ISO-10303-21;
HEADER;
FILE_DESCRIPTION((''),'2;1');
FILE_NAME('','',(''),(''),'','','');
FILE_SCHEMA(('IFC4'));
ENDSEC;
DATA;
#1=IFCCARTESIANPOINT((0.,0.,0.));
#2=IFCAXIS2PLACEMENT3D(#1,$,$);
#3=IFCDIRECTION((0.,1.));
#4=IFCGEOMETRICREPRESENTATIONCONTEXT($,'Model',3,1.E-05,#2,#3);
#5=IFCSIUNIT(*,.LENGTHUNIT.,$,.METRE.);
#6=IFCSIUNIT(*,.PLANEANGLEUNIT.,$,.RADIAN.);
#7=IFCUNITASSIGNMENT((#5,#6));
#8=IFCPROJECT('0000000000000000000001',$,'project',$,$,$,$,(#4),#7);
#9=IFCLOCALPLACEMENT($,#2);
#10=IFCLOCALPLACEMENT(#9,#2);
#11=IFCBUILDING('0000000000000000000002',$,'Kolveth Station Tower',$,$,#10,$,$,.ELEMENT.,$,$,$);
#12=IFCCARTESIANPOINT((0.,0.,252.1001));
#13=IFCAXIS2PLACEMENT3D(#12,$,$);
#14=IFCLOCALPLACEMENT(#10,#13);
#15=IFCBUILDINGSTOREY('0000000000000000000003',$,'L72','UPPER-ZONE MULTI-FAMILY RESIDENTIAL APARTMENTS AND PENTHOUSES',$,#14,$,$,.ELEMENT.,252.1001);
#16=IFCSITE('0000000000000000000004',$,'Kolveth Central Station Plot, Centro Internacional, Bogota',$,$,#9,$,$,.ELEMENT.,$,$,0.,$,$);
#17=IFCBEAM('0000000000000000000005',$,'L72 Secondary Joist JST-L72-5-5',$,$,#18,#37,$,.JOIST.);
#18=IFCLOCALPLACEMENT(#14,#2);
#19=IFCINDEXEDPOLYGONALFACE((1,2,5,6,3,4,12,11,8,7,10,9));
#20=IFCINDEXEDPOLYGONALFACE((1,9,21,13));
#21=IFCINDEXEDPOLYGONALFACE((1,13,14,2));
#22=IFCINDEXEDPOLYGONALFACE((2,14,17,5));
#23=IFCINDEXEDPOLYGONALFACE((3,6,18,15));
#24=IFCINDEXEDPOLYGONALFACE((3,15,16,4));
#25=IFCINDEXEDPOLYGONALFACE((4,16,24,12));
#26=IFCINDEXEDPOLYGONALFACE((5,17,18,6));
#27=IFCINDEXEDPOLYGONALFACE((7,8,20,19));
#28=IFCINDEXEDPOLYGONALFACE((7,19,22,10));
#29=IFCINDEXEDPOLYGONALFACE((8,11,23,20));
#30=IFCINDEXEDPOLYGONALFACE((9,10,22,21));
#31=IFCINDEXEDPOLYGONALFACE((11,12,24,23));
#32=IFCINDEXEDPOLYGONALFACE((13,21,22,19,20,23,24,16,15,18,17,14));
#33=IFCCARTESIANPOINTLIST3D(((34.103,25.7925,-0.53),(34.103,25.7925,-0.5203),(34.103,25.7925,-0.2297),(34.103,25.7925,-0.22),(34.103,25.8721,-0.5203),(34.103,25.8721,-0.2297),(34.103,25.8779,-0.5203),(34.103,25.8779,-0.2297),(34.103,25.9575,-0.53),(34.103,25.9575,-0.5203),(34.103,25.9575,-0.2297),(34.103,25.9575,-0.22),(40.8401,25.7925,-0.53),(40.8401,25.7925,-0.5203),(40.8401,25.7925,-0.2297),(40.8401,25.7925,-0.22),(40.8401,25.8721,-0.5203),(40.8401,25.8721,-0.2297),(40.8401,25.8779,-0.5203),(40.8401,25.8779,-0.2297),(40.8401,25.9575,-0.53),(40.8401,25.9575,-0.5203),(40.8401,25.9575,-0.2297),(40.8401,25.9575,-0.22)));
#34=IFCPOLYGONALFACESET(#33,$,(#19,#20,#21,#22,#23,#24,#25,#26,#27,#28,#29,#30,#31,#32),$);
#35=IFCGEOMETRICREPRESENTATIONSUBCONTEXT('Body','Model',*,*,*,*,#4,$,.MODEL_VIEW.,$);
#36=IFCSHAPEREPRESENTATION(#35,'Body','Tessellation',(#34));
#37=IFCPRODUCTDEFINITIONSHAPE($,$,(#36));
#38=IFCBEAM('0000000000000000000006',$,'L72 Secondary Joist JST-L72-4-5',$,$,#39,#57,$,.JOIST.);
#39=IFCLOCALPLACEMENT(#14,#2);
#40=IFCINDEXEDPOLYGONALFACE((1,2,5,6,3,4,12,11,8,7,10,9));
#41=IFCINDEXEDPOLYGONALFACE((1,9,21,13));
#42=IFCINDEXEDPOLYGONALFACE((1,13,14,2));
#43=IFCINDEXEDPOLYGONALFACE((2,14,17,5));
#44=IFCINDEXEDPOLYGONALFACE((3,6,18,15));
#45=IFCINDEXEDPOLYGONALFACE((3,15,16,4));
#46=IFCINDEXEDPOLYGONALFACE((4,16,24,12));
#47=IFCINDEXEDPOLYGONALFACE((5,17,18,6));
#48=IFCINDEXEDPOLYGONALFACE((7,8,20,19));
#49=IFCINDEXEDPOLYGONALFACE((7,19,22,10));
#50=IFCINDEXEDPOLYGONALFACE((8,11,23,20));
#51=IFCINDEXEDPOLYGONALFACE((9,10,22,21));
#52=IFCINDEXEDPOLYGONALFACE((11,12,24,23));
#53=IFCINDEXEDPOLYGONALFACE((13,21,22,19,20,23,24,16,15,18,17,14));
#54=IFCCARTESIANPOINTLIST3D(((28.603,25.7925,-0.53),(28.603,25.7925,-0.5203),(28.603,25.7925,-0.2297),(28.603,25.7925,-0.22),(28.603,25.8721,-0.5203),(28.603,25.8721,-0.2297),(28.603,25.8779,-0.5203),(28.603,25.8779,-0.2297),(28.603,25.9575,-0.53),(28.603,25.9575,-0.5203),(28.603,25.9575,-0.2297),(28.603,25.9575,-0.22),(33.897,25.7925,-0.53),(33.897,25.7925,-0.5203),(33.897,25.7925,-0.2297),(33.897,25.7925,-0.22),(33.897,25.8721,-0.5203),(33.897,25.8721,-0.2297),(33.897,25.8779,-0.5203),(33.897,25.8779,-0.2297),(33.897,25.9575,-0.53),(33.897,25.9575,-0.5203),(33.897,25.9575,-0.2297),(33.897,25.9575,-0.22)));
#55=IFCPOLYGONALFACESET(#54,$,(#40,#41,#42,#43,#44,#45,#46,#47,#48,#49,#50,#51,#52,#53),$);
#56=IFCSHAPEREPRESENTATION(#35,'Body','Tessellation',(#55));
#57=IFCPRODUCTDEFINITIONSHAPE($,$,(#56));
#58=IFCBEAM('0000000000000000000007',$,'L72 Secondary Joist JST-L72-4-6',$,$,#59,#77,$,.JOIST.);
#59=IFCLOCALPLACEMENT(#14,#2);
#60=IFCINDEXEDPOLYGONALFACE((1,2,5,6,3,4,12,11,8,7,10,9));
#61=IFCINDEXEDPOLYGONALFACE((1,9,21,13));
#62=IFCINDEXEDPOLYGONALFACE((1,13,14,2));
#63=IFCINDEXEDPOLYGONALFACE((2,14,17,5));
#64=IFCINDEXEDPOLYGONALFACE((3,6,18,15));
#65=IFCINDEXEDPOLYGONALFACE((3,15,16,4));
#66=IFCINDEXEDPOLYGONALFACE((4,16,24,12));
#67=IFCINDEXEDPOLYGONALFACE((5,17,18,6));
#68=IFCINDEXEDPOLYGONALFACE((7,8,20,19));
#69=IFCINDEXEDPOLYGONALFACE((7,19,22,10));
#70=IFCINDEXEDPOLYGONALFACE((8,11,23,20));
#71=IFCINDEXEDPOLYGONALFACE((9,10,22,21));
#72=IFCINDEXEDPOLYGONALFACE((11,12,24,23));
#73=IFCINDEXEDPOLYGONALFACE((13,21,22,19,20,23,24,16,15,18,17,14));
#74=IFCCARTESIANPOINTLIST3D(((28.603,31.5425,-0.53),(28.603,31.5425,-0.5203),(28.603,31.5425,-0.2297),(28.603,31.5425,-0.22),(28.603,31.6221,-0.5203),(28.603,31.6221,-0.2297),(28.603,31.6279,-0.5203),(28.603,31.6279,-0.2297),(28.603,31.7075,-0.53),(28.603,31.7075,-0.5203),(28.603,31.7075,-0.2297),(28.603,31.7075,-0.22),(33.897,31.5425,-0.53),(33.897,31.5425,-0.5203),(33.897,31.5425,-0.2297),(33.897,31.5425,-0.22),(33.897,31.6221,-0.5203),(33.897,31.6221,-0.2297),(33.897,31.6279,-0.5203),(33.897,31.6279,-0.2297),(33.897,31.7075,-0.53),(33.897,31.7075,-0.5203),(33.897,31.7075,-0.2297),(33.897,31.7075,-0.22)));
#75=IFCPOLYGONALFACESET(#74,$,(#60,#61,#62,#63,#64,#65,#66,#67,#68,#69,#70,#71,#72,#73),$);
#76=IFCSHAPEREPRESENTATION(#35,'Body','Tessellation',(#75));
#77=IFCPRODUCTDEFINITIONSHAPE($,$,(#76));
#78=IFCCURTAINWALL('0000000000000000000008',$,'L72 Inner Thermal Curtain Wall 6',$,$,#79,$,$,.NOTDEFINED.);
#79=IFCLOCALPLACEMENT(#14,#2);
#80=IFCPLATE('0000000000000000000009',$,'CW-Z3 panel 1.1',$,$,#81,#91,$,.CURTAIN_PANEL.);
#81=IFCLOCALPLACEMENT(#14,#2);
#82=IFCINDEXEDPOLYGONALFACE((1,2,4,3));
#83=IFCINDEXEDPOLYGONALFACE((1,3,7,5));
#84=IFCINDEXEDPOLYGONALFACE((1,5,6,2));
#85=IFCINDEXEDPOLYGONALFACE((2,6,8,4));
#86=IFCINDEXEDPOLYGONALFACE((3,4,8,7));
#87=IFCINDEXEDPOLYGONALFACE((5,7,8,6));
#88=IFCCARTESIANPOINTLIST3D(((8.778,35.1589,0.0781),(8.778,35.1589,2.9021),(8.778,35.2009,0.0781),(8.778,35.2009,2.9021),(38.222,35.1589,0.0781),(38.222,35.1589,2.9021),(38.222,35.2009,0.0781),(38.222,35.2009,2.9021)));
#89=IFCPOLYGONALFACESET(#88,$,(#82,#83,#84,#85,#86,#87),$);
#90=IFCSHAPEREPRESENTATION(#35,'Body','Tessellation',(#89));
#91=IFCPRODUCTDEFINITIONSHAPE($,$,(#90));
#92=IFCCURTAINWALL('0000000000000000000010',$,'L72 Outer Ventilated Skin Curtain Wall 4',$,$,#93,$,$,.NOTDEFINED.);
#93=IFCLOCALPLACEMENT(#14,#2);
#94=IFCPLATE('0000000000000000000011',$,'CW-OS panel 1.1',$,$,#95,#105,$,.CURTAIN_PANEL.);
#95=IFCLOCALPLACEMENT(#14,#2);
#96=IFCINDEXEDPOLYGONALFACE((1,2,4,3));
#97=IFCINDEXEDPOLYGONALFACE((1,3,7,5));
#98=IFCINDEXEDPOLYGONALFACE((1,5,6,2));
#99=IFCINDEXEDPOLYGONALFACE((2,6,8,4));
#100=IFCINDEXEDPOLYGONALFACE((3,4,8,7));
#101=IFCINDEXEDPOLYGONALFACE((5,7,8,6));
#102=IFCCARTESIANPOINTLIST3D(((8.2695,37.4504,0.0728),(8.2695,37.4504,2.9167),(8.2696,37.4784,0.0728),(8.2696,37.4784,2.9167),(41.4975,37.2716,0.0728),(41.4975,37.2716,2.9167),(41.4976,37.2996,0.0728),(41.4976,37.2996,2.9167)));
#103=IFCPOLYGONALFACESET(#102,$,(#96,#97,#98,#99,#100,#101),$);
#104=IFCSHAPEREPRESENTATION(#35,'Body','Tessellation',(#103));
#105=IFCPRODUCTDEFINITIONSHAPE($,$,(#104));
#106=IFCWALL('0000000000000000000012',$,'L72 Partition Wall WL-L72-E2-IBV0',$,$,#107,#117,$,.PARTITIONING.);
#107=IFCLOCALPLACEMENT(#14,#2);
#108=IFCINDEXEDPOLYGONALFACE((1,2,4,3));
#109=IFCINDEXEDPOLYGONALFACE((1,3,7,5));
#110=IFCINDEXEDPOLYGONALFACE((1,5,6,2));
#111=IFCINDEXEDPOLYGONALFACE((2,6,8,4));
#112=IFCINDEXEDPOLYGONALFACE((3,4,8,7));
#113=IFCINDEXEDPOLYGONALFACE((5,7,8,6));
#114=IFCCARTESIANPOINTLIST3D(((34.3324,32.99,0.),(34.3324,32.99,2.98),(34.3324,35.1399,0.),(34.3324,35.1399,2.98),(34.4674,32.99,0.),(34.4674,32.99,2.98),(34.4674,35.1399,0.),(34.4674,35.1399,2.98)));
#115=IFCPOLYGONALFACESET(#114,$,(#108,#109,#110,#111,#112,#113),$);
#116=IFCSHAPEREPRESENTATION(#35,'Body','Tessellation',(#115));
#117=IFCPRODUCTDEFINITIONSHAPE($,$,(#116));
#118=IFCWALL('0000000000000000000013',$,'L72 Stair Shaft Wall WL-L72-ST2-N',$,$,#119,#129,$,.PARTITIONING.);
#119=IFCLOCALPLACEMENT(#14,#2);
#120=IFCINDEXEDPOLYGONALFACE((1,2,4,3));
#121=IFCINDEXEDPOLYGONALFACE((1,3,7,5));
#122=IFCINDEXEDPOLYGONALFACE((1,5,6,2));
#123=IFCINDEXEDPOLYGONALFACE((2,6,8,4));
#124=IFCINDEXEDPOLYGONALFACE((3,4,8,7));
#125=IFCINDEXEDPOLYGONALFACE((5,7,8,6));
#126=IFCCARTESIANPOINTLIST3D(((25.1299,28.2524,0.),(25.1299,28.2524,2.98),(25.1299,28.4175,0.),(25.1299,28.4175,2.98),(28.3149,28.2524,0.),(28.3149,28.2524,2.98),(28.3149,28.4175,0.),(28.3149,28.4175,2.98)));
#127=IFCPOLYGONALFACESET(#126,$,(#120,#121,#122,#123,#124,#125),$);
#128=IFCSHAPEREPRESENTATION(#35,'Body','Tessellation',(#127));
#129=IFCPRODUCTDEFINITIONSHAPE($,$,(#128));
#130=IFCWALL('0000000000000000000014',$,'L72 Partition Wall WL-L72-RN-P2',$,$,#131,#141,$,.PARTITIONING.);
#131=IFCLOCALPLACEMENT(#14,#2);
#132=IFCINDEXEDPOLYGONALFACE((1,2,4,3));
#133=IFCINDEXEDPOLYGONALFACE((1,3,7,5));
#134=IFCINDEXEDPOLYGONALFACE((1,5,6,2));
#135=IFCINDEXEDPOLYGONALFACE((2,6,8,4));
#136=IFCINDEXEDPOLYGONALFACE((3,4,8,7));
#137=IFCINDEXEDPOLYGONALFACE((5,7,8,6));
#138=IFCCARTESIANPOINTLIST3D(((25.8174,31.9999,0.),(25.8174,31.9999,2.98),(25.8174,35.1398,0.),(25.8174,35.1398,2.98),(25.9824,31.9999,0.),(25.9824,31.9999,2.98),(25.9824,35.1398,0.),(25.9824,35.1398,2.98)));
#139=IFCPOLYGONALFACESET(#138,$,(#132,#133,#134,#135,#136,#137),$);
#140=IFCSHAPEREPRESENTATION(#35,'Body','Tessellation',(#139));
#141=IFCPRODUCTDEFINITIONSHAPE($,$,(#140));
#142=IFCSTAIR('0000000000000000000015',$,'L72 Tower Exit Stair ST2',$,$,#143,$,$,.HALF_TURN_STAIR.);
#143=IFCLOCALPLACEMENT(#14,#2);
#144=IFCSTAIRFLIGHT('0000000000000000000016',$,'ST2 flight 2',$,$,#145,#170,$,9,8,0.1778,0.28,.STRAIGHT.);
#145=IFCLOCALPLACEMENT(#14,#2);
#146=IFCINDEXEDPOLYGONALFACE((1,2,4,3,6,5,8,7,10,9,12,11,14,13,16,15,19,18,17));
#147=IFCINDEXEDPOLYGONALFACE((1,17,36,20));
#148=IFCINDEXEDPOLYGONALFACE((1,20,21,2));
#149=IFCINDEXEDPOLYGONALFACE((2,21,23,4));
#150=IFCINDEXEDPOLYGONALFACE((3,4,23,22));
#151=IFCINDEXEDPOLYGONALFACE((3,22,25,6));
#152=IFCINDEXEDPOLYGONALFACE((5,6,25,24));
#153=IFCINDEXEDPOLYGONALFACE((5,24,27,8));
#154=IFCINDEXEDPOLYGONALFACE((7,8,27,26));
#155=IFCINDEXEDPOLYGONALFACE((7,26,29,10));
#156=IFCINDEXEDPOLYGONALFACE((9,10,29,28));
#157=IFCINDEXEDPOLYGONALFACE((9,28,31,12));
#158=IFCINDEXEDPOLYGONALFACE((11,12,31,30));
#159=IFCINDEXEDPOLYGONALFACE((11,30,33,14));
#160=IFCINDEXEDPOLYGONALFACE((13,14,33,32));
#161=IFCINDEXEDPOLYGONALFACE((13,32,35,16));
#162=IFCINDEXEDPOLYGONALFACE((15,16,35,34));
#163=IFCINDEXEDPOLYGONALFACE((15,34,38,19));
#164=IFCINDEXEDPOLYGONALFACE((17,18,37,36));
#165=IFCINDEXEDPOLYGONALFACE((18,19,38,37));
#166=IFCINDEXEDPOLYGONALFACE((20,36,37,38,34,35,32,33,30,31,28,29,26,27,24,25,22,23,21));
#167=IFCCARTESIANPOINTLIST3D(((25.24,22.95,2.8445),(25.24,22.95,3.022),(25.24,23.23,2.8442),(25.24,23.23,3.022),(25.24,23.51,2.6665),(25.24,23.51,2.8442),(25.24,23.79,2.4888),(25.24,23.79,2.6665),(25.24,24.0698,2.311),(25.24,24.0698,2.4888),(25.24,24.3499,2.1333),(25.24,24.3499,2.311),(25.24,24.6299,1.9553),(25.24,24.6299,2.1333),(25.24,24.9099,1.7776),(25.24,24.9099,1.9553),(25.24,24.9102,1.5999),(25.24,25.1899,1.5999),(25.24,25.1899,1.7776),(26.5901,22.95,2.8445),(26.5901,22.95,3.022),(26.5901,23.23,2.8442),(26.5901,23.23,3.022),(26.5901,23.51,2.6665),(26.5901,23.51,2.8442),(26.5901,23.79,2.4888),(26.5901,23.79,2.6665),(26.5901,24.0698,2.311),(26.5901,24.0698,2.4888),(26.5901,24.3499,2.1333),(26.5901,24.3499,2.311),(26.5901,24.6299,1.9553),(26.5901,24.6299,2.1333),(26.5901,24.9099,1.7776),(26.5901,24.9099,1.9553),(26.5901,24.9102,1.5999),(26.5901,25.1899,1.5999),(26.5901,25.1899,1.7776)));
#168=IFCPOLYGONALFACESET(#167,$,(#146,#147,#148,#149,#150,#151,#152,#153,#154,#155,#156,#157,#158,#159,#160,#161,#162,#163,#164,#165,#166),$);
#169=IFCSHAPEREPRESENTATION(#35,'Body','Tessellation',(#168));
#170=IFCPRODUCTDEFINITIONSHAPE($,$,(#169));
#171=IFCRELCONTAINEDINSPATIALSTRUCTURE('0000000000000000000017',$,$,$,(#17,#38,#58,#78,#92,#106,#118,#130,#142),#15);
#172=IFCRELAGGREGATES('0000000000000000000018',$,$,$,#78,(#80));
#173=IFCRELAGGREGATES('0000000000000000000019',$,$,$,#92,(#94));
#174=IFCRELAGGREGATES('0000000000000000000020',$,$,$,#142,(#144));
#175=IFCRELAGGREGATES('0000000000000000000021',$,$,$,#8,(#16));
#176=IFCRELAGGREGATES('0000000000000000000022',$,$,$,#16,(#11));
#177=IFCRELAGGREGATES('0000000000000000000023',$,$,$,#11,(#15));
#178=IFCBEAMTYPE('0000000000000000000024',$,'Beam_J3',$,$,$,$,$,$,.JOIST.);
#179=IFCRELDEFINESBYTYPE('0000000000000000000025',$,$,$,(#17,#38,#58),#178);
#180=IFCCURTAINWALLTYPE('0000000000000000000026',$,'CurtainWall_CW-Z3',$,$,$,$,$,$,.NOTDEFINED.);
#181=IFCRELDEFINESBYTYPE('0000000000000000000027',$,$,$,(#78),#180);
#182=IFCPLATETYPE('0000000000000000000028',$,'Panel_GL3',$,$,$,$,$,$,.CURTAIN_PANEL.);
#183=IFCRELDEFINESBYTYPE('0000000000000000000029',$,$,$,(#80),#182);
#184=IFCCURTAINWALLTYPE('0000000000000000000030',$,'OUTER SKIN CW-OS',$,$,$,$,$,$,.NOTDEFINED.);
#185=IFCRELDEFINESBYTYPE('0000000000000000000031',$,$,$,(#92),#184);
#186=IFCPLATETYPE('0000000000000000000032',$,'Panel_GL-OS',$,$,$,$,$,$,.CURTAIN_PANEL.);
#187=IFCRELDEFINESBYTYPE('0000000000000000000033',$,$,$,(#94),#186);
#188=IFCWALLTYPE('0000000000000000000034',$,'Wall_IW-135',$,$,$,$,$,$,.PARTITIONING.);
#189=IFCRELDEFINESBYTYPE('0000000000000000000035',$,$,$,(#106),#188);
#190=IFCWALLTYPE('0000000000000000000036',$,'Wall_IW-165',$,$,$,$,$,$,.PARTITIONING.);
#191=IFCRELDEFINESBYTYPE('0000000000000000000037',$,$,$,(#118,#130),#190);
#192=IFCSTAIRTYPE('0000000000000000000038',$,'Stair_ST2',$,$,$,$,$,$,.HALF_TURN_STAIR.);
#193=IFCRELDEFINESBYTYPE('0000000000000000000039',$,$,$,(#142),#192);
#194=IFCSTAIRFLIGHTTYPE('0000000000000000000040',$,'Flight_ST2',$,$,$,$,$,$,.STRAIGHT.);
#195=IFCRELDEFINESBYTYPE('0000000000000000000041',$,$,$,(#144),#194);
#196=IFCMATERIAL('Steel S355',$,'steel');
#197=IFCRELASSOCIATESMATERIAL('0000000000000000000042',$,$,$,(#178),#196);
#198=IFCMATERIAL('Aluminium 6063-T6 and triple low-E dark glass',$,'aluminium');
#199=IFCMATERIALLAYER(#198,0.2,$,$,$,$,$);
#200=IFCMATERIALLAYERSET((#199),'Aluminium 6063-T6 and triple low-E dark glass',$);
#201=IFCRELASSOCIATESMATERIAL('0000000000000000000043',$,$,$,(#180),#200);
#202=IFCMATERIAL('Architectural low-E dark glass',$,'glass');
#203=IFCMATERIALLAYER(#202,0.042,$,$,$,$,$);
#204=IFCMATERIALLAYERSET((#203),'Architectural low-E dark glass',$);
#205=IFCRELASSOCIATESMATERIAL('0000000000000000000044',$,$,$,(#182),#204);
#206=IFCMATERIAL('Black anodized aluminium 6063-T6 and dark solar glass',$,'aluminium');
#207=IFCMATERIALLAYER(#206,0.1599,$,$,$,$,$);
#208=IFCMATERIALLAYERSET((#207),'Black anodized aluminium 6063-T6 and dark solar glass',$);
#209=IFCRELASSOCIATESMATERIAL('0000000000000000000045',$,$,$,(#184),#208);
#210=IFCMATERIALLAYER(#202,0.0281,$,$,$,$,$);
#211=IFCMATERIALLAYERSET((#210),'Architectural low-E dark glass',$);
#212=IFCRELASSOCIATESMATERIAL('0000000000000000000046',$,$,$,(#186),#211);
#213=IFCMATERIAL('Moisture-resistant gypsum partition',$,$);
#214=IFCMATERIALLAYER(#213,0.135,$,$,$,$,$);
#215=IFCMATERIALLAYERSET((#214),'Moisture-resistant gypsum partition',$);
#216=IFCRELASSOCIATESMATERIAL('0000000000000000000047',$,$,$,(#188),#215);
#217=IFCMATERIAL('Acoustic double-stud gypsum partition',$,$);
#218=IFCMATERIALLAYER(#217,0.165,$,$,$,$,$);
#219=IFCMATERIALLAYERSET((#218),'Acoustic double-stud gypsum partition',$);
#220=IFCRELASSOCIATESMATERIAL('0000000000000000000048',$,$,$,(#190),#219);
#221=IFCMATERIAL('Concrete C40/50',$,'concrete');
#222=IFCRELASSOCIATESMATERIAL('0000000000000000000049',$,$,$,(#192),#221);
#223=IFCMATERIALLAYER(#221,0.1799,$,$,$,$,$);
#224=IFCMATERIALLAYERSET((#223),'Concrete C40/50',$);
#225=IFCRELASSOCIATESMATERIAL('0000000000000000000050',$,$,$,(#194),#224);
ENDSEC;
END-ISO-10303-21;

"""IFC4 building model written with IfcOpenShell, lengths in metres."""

from ifc_helpers import new_model, si_unit, direction, frame, frame_2d, origin, origin_2d, place, context, subcontext, project, spatial, polyline, rectangle, i_section, outline, extrude, source, transform, mapped, material, layer, layer_set, material_profile, profile_set, type_object, element, aggregate, save


model = new_model("IFC4")

# Units and contexts
model_context = context("Model", 3, precision=1e-05, world=origin(), true_north=direction((0.0, 1.0)))
body_context = subcontext(model_context, "Body", "Model", "MODEL_VIEW")
ifc_project = project(units=[si_unit("LENGTHUNIT", "METRE"), si_unit("PLANEANGLEUNIT", "RADIAN")], contexts=[model_context])

# Site, building, storey
site_placement = place(None, origin())
site = spatial("IfcSite", under=ifc_project, at=site_placement, Name="Kolveth Central Station Plot, Centro Internacional, Bogota", CompositionType="ELEMENT", RefElevation=0.0)
building_placement = place(site_placement, origin())
building = spatial("IfcBuilding", under=site, at=building_placement, Name="Kolveth Station Tower", CompositionType="ELEMENT")
storey_placement = place(building_placement, frame((0.0, 0.0, 252.1001)))
storey = spatial("IfcBuildingStorey", under=building, at=storey_placement, Name="L72", Description="UPPER-ZONE MULTI-FAMILY RESIDENTIAL APARTMENTS AND PENTHOUSES", CompositionType="ELEMENT", Elevation=252.1001)

# Shared definitions
ifc_material_1 = material(Name="Steel S355", Category="steel")

# Beams
ifc_material_profile_1 = material_profile(ifc_material_1, i_section(OverallWidth=0.165, OverallDepth=0.3101, WebThickness=0.0059, FlangeThickness=0.0098, at=origin_2d()), Name="W310x39")
ifc_profile_set_1 = profile_set([ifc_material_profile_1], Name="Steel S355")
beam_type_1 = type_object("IfcBeamType", Name="Beam_J3", PredefinedType="JOIST", material=ifc_profile_set_1)
shared_shape_1 = source(origin(), body_context, "Body", "SweptSolid", [
    extrude(i_section(OverallWidth=0.165, OverallDepth=0.3101, WebThickness=0.0059, FlangeThickness=0.0098, at=origin_2d()), origin(), (0.0, 0.0, 1.0), 6.7371),
])
beam_1_placement = place(storey_placement, frame((34.103, 25.875, -0.375), z_axis=(1.0, 0.0, 0.0), x_axis=(0.0, 1.0, 0.0)))
element("IfcBeam", 1, at=beam_1_placement, inside=storey, type_object=beam_type_1, Name="L72 Secondary Joist JST-L72-5-5", PredefinedType="JOIST", context=body_context, shape_type="MappedRepresentation", body=[
    mapped(shared_shape_1, transform((0.0, 0.0, 0.0), x_axis=(1.0, 0.0, 0.0), y_axis=(0.0, 1.0, 0.0), z_axis=(0.0, 0.0, 1.0), scale=1.0)),
])
shared_shape_2 = source(origin(), body_context, "Body", "SweptSolid", [
    extrude(i_section(OverallWidth=0.165, OverallDepth=0.3101, WebThickness=0.0059, FlangeThickness=0.0098, at=origin_2d()), origin(), (0.0, 0.0, 1.0), 5.2939),
])
for number, where, z_axis, x_axis, name in (
    (2, (28.603, 25.875, -0.375), (1.0, 0.0, 0.0), (0.0, 1.0, 0.0), "L72 Secondary Joist JST-L72-4-5"),
    (3, (28.603, 31.625, -0.375), (1.0, 0.0, 0.0), (0.0, 1.0, 0.0), "L72 Secondary Joist JST-L72-4-6"),
):
    element("IfcBeam", number, at=place(storey_placement, frame(where, z_axis=z_axis, x_axis=x_axis)), inside=storey, type_object=beam_type_1, Name=name, PredefinedType="JOIST", context=body_context, shape_type="MappedRepresentation", body=[
        mapped(shared_shape_2, transform((0.0, 0.0, 0.0), x_axis=(1.0, 0.0, 0.0), y_axis=(0.0, 1.0, 0.0), z_axis=(0.0, 0.0, 1.0), scale=1.0)),
    ])

# Curtain walls, plates
ifc_material_2 = material(Name="Aluminium 6063-T6 and triple low-E dark glass", Category="aluminium")
ifc_layer_1 = layer(ifc_material_2, 0.2)
ifc_layer_set_1 = layer_set([ifc_layer_1], Name="Aluminium 6063-T6 and triple low-E dark glass")
curtain_wall_type_1 = type_object("IfcCurtainWallType", Name="CurtainWall_CW-Z3", PredefinedType="NOTDEFINED", material=ifc_layer_set_1)
curtain_wall_1_placement = place(storey_placement, origin())
curtain_wall_1 = element("IfcCurtainWall", 4, at=curtain_wall_1_placement, inside=storey, type_object=curtain_wall_type_1, Name="L72 Inner Thermal Curtain Wall 6", PredefinedType="NOTDEFINED")
ifc_material_3 = material(Name="Architectural low-E dark glass", Category="glass")
ifc_layer_2 = layer(ifc_material_3, 0.042)
ifc_layer_set_2 = layer_set([ifc_layer_2], Name="Architectural low-E dark glass")
plate_type_1 = type_object("IfcPlateType", Name="Panel_GL3", PredefinedType="CURTAIN_PANEL", material=ifc_layer_set_2)
shared_shape_3 = source(origin(), body_context, "Body", "SweptSolid", [
    extrude(rectangle(XDim=29.4441, YDim=0.042, at=origin_2d()), origin(), (0.0, 0.0, 1.0), 2.824),
])
plate_1_placement = place(storey_placement, frame((23.5, 35.1799, 0.0781), z_axis=(0.0, 0.0, 1.0), x_axis=(-1.0, 0.0, 0.0)))
plate_1 = element("IfcPlate", 5, at=plate_1_placement, type_object=plate_type_1, Name="CW-Z3 panel 1.1", PredefinedType="CURTAIN_PANEL", context=body_context, shape_type="MappedRepresentation", body=[
    mapped(shared_shape_3, transform((0.0, 0.0, 0.0), x_axis=(1.0, 0.0, 0.0), y_axis=(0.0, 1.0, 0.0), z_axis=(0.0, 0.0, 1.0), scale=1.0)),
])
aggregate(curtain_wall_1, [plate_1])
ifc_material_4 = material(Name="Black anodized aluminium 6063-T6 and dark solar glass", Category="aluminium")
ifc_layer_3 = layer(ifc_material_4, 0.1599)
ifc_layer_set_3 = layer_set([ifc_layer_3], Name="Black anodized aluminium 6063-T6 and dark solar glass")
curtain_wall_type_2 = type_object("IfcCurtainWallType", Name="OUTER SKIN CW-OS", PredefinedType="NOTDEFINED", material=ifc_layer_set_3)
curtain_wall_2_placement = place(storey_placement, origin())
curtain_wall_2 = element("IfcCurtainWall", 6, at=curtain_wall_2_placement, inside=storey, type_object=curtain_wall_type_2, Name="L72 Outer Ventilated Skin Curtain Wall 4", PredefinedType="NOTDEFINED")
ifc_layer_4 = layer(ifc_material_3, 0.0281)
ifc_layer_set_4 = layer_set([ifc_layer_4], Name="Architectural low-E dark glass")
plate_type_2 = type_object("IfcPlateType", Name="Panel_GL-OS", PredefinedType="CURTAIN_PANEL", material=ifc_layer_set_4)
shared_shape_4 = source(origin(), body_context, "Body", "SweptSolid", [
    extrude(rectangle(XDim=33.2285, YDim=0.0281, at=origin_2d()), origin(), (0.0, 0.0, 1.0), 2.844),
])
plate_2_placement = place(storey_placement, frame((24.8835, 37.375, 0.0728), z_axis=(0.0, 0.0, 1.0), x_axis=(-0.999986, 0.005381, 0.0)))
plate_2 = element("IfcPlate", 7, at=plate_2_placement, type_object=plate_type_2, Name="CW-OS panel 1.1", PredefinedType="CURTAIN_PANEL", context=body_context, shape_type="MappedRepresentation", body=[
    mapped(shared_shape_4, transform((0.0, 0.0, 0.0), x_axis=(1.0, 0.0, 0.0), y_axis=(0.0, 1.0, 0.0), z_axis=(0.0, 0.0, 1.0), scale=1.0)),
])
aggregate(curtain_wall_2, [plate_2])

# Shared definitions
ifc_material_5 = material(Name="Moisture-resistant gypsum partition")
ifc_layer_5 = layer(ifc_material_5, 0.135)
ifc_layer_set_5 = layer_set([ifc_layer_5], Name="Moisture-resistant gypsum partition")
wall_type_1 = type_object("IfcWallType", Name="Wall_IW-135", PredefinedType="PARTITIONING", material=ifc_layer_set_5)

# Walls
wall_1_placement = place(storey_placement, frame((34.3999, 32.99, 0.0), z_axis=(0.0, 0.0, 1.0), x_axis=(0.0, 1.0, 0.0)))
element("IfcWall", 8, at=wall_1_placement, inside=storey, type_object=wall_type_1, Name="L72 Partition Wall WL-L72-E2-IBV0", PredefinedType="PARTITIONING", context=body_context, shape_type="SweptSolid", body=[
    extrude(rectangle(XDim=2.1499, YDim=0.135, at=frame_2d((1.075, 0.0))), origin(), (0.0, 0.0, 1.0), 2.98),
])
ifc_material_6 = material(Name="Acoustic double-stud gypsum partition")
ifc_layer_6 = layer(ifc_material_6, 0.165)
ifc_layer_set_6 = layer_set([ifc_layer_6], Name="Acoustic double-stud gypsum partition")
wall_type_2 = type_object("IfcWallType", Name="Wall_IW-165", PredefinedType="PARTITIONING", material=ifc_layer_set_6)
wall_2_placement = place(storey_placement, frame((25.1299, 28.335, 0.0), z_axis=(0.0, 0.0, 1.0), x_axis=(1.0, 0.0, 0.0)))
element("IfcWall", 9, at=wall_2_placement, inside=storey, type_object=wall_type_2, Name="L72 Stair Shaft Wall WL-L72-ST2-N", PredefinedType="PARTITIONING", context=body_context, shape_type="SweptSolid", body=[
    extrude(rectangle(XDim=3.1851, YDim=0.165, at=frame_2d((1.5925, 0.0))), origin(), (0.0, 0.0, 1.0), 2.98),
])
wall_3_placement = place(storey_placement, frame((25.8999, 32.0, 0.0), z_axis=(0.0, 0.0, 1.0), x_axis=(0.0, 1.0, 0.0)))
element("IfcWall", 10, at=wall_3_placement, inside=storey, type_object=wall_type_2, Name="L72 Partition Wall WL-L72-RN-P2", PredefinedType="PARTITIONING", context=body_context, shape_type="SweptSolid", body=[
    extrude(rectangle(XDim=3.1399, YDim=0.165, at=frame_2d((1.5698, 0.0))), origin(), (0.0, 0.0, 1.0), 2.98),
])

# Stair, stair flight
ifc_material_7 = material(Name="Concrete C40/50", Category="concrete")
stair_type = type_object("IfcStairType", Name="Stair_ST2", PredefinedType="HALF_TURN_STAIR", material=ifc_material_7)
stair_placement = place(storey_placement, origin())
stair = element("IfcStair", 11, at=stair_placement, inside=storey, type_object=stair_type, Name="L72 Tower Exit Stair ST2", PredefinedType="HALF_TURN_STAIR")
ifc_layer_7 = layer(ifc_material_7, 0.1799)
ifc_layer_set_7 = layer_set([ifc_layer_7], Name="Concrete C40/50")
stair_flight_type = type_object("IfcStairFlightType", Name="Flight_ST2", PredefinedType="STRAIGHT", material=ifc_layer_set_7)
stair_flight_placement = place(storey_placement, frame((25.915, 25.1899, 1.5999), z_axis=(0.0, 0.0, 1.0), x_axis=(0.0, -1.0, 0.0)))
stair_flight = element("IfcStairFlight", 12, at=stair_flight_placement, type_object=stair_flight_type, Name="ST2 flight 2", NumberOfRisers=9, NumberOfTreads=8, PredefinedType="STRAIGHT", RiserHeight=0.1778, TreadLength=0.28, context=body_context, shape_type="SweptSolid", body=[
    extrude(outline(polyline([(0.0, 0.0), (0.0, 0.1777), (0.28, 0.1777), (0.28, 0.3555), (0.5601, 0.3555), (0.5601, 0.5334), (0.8401, 0.5334), (0.8401, 0.7112), (1.1201, 0.7112), (1.1201, 0.8889), (1.3999, 0.8889), (1.3999, 1.0667), (1.6799, 1.0667), (1.6799, 1.2444), (1.96, 1.2444), (1.96, 1.4221), (2.24, 1.4221), (2.24, 1.6001), (2.24, 1.2446), (0.2798, 0.0), (0.0, 0.0)])), frame((0.0, 0.675, 0.0), z_axis=(0.0, -1.0, 0.0), x_axis=(1.0, 0.0, 0.0)), (0.0, 0.0, 1.0), 1.3501),
])
aggregate(stair, [stair_flight])

save(model, "model.ifc")
